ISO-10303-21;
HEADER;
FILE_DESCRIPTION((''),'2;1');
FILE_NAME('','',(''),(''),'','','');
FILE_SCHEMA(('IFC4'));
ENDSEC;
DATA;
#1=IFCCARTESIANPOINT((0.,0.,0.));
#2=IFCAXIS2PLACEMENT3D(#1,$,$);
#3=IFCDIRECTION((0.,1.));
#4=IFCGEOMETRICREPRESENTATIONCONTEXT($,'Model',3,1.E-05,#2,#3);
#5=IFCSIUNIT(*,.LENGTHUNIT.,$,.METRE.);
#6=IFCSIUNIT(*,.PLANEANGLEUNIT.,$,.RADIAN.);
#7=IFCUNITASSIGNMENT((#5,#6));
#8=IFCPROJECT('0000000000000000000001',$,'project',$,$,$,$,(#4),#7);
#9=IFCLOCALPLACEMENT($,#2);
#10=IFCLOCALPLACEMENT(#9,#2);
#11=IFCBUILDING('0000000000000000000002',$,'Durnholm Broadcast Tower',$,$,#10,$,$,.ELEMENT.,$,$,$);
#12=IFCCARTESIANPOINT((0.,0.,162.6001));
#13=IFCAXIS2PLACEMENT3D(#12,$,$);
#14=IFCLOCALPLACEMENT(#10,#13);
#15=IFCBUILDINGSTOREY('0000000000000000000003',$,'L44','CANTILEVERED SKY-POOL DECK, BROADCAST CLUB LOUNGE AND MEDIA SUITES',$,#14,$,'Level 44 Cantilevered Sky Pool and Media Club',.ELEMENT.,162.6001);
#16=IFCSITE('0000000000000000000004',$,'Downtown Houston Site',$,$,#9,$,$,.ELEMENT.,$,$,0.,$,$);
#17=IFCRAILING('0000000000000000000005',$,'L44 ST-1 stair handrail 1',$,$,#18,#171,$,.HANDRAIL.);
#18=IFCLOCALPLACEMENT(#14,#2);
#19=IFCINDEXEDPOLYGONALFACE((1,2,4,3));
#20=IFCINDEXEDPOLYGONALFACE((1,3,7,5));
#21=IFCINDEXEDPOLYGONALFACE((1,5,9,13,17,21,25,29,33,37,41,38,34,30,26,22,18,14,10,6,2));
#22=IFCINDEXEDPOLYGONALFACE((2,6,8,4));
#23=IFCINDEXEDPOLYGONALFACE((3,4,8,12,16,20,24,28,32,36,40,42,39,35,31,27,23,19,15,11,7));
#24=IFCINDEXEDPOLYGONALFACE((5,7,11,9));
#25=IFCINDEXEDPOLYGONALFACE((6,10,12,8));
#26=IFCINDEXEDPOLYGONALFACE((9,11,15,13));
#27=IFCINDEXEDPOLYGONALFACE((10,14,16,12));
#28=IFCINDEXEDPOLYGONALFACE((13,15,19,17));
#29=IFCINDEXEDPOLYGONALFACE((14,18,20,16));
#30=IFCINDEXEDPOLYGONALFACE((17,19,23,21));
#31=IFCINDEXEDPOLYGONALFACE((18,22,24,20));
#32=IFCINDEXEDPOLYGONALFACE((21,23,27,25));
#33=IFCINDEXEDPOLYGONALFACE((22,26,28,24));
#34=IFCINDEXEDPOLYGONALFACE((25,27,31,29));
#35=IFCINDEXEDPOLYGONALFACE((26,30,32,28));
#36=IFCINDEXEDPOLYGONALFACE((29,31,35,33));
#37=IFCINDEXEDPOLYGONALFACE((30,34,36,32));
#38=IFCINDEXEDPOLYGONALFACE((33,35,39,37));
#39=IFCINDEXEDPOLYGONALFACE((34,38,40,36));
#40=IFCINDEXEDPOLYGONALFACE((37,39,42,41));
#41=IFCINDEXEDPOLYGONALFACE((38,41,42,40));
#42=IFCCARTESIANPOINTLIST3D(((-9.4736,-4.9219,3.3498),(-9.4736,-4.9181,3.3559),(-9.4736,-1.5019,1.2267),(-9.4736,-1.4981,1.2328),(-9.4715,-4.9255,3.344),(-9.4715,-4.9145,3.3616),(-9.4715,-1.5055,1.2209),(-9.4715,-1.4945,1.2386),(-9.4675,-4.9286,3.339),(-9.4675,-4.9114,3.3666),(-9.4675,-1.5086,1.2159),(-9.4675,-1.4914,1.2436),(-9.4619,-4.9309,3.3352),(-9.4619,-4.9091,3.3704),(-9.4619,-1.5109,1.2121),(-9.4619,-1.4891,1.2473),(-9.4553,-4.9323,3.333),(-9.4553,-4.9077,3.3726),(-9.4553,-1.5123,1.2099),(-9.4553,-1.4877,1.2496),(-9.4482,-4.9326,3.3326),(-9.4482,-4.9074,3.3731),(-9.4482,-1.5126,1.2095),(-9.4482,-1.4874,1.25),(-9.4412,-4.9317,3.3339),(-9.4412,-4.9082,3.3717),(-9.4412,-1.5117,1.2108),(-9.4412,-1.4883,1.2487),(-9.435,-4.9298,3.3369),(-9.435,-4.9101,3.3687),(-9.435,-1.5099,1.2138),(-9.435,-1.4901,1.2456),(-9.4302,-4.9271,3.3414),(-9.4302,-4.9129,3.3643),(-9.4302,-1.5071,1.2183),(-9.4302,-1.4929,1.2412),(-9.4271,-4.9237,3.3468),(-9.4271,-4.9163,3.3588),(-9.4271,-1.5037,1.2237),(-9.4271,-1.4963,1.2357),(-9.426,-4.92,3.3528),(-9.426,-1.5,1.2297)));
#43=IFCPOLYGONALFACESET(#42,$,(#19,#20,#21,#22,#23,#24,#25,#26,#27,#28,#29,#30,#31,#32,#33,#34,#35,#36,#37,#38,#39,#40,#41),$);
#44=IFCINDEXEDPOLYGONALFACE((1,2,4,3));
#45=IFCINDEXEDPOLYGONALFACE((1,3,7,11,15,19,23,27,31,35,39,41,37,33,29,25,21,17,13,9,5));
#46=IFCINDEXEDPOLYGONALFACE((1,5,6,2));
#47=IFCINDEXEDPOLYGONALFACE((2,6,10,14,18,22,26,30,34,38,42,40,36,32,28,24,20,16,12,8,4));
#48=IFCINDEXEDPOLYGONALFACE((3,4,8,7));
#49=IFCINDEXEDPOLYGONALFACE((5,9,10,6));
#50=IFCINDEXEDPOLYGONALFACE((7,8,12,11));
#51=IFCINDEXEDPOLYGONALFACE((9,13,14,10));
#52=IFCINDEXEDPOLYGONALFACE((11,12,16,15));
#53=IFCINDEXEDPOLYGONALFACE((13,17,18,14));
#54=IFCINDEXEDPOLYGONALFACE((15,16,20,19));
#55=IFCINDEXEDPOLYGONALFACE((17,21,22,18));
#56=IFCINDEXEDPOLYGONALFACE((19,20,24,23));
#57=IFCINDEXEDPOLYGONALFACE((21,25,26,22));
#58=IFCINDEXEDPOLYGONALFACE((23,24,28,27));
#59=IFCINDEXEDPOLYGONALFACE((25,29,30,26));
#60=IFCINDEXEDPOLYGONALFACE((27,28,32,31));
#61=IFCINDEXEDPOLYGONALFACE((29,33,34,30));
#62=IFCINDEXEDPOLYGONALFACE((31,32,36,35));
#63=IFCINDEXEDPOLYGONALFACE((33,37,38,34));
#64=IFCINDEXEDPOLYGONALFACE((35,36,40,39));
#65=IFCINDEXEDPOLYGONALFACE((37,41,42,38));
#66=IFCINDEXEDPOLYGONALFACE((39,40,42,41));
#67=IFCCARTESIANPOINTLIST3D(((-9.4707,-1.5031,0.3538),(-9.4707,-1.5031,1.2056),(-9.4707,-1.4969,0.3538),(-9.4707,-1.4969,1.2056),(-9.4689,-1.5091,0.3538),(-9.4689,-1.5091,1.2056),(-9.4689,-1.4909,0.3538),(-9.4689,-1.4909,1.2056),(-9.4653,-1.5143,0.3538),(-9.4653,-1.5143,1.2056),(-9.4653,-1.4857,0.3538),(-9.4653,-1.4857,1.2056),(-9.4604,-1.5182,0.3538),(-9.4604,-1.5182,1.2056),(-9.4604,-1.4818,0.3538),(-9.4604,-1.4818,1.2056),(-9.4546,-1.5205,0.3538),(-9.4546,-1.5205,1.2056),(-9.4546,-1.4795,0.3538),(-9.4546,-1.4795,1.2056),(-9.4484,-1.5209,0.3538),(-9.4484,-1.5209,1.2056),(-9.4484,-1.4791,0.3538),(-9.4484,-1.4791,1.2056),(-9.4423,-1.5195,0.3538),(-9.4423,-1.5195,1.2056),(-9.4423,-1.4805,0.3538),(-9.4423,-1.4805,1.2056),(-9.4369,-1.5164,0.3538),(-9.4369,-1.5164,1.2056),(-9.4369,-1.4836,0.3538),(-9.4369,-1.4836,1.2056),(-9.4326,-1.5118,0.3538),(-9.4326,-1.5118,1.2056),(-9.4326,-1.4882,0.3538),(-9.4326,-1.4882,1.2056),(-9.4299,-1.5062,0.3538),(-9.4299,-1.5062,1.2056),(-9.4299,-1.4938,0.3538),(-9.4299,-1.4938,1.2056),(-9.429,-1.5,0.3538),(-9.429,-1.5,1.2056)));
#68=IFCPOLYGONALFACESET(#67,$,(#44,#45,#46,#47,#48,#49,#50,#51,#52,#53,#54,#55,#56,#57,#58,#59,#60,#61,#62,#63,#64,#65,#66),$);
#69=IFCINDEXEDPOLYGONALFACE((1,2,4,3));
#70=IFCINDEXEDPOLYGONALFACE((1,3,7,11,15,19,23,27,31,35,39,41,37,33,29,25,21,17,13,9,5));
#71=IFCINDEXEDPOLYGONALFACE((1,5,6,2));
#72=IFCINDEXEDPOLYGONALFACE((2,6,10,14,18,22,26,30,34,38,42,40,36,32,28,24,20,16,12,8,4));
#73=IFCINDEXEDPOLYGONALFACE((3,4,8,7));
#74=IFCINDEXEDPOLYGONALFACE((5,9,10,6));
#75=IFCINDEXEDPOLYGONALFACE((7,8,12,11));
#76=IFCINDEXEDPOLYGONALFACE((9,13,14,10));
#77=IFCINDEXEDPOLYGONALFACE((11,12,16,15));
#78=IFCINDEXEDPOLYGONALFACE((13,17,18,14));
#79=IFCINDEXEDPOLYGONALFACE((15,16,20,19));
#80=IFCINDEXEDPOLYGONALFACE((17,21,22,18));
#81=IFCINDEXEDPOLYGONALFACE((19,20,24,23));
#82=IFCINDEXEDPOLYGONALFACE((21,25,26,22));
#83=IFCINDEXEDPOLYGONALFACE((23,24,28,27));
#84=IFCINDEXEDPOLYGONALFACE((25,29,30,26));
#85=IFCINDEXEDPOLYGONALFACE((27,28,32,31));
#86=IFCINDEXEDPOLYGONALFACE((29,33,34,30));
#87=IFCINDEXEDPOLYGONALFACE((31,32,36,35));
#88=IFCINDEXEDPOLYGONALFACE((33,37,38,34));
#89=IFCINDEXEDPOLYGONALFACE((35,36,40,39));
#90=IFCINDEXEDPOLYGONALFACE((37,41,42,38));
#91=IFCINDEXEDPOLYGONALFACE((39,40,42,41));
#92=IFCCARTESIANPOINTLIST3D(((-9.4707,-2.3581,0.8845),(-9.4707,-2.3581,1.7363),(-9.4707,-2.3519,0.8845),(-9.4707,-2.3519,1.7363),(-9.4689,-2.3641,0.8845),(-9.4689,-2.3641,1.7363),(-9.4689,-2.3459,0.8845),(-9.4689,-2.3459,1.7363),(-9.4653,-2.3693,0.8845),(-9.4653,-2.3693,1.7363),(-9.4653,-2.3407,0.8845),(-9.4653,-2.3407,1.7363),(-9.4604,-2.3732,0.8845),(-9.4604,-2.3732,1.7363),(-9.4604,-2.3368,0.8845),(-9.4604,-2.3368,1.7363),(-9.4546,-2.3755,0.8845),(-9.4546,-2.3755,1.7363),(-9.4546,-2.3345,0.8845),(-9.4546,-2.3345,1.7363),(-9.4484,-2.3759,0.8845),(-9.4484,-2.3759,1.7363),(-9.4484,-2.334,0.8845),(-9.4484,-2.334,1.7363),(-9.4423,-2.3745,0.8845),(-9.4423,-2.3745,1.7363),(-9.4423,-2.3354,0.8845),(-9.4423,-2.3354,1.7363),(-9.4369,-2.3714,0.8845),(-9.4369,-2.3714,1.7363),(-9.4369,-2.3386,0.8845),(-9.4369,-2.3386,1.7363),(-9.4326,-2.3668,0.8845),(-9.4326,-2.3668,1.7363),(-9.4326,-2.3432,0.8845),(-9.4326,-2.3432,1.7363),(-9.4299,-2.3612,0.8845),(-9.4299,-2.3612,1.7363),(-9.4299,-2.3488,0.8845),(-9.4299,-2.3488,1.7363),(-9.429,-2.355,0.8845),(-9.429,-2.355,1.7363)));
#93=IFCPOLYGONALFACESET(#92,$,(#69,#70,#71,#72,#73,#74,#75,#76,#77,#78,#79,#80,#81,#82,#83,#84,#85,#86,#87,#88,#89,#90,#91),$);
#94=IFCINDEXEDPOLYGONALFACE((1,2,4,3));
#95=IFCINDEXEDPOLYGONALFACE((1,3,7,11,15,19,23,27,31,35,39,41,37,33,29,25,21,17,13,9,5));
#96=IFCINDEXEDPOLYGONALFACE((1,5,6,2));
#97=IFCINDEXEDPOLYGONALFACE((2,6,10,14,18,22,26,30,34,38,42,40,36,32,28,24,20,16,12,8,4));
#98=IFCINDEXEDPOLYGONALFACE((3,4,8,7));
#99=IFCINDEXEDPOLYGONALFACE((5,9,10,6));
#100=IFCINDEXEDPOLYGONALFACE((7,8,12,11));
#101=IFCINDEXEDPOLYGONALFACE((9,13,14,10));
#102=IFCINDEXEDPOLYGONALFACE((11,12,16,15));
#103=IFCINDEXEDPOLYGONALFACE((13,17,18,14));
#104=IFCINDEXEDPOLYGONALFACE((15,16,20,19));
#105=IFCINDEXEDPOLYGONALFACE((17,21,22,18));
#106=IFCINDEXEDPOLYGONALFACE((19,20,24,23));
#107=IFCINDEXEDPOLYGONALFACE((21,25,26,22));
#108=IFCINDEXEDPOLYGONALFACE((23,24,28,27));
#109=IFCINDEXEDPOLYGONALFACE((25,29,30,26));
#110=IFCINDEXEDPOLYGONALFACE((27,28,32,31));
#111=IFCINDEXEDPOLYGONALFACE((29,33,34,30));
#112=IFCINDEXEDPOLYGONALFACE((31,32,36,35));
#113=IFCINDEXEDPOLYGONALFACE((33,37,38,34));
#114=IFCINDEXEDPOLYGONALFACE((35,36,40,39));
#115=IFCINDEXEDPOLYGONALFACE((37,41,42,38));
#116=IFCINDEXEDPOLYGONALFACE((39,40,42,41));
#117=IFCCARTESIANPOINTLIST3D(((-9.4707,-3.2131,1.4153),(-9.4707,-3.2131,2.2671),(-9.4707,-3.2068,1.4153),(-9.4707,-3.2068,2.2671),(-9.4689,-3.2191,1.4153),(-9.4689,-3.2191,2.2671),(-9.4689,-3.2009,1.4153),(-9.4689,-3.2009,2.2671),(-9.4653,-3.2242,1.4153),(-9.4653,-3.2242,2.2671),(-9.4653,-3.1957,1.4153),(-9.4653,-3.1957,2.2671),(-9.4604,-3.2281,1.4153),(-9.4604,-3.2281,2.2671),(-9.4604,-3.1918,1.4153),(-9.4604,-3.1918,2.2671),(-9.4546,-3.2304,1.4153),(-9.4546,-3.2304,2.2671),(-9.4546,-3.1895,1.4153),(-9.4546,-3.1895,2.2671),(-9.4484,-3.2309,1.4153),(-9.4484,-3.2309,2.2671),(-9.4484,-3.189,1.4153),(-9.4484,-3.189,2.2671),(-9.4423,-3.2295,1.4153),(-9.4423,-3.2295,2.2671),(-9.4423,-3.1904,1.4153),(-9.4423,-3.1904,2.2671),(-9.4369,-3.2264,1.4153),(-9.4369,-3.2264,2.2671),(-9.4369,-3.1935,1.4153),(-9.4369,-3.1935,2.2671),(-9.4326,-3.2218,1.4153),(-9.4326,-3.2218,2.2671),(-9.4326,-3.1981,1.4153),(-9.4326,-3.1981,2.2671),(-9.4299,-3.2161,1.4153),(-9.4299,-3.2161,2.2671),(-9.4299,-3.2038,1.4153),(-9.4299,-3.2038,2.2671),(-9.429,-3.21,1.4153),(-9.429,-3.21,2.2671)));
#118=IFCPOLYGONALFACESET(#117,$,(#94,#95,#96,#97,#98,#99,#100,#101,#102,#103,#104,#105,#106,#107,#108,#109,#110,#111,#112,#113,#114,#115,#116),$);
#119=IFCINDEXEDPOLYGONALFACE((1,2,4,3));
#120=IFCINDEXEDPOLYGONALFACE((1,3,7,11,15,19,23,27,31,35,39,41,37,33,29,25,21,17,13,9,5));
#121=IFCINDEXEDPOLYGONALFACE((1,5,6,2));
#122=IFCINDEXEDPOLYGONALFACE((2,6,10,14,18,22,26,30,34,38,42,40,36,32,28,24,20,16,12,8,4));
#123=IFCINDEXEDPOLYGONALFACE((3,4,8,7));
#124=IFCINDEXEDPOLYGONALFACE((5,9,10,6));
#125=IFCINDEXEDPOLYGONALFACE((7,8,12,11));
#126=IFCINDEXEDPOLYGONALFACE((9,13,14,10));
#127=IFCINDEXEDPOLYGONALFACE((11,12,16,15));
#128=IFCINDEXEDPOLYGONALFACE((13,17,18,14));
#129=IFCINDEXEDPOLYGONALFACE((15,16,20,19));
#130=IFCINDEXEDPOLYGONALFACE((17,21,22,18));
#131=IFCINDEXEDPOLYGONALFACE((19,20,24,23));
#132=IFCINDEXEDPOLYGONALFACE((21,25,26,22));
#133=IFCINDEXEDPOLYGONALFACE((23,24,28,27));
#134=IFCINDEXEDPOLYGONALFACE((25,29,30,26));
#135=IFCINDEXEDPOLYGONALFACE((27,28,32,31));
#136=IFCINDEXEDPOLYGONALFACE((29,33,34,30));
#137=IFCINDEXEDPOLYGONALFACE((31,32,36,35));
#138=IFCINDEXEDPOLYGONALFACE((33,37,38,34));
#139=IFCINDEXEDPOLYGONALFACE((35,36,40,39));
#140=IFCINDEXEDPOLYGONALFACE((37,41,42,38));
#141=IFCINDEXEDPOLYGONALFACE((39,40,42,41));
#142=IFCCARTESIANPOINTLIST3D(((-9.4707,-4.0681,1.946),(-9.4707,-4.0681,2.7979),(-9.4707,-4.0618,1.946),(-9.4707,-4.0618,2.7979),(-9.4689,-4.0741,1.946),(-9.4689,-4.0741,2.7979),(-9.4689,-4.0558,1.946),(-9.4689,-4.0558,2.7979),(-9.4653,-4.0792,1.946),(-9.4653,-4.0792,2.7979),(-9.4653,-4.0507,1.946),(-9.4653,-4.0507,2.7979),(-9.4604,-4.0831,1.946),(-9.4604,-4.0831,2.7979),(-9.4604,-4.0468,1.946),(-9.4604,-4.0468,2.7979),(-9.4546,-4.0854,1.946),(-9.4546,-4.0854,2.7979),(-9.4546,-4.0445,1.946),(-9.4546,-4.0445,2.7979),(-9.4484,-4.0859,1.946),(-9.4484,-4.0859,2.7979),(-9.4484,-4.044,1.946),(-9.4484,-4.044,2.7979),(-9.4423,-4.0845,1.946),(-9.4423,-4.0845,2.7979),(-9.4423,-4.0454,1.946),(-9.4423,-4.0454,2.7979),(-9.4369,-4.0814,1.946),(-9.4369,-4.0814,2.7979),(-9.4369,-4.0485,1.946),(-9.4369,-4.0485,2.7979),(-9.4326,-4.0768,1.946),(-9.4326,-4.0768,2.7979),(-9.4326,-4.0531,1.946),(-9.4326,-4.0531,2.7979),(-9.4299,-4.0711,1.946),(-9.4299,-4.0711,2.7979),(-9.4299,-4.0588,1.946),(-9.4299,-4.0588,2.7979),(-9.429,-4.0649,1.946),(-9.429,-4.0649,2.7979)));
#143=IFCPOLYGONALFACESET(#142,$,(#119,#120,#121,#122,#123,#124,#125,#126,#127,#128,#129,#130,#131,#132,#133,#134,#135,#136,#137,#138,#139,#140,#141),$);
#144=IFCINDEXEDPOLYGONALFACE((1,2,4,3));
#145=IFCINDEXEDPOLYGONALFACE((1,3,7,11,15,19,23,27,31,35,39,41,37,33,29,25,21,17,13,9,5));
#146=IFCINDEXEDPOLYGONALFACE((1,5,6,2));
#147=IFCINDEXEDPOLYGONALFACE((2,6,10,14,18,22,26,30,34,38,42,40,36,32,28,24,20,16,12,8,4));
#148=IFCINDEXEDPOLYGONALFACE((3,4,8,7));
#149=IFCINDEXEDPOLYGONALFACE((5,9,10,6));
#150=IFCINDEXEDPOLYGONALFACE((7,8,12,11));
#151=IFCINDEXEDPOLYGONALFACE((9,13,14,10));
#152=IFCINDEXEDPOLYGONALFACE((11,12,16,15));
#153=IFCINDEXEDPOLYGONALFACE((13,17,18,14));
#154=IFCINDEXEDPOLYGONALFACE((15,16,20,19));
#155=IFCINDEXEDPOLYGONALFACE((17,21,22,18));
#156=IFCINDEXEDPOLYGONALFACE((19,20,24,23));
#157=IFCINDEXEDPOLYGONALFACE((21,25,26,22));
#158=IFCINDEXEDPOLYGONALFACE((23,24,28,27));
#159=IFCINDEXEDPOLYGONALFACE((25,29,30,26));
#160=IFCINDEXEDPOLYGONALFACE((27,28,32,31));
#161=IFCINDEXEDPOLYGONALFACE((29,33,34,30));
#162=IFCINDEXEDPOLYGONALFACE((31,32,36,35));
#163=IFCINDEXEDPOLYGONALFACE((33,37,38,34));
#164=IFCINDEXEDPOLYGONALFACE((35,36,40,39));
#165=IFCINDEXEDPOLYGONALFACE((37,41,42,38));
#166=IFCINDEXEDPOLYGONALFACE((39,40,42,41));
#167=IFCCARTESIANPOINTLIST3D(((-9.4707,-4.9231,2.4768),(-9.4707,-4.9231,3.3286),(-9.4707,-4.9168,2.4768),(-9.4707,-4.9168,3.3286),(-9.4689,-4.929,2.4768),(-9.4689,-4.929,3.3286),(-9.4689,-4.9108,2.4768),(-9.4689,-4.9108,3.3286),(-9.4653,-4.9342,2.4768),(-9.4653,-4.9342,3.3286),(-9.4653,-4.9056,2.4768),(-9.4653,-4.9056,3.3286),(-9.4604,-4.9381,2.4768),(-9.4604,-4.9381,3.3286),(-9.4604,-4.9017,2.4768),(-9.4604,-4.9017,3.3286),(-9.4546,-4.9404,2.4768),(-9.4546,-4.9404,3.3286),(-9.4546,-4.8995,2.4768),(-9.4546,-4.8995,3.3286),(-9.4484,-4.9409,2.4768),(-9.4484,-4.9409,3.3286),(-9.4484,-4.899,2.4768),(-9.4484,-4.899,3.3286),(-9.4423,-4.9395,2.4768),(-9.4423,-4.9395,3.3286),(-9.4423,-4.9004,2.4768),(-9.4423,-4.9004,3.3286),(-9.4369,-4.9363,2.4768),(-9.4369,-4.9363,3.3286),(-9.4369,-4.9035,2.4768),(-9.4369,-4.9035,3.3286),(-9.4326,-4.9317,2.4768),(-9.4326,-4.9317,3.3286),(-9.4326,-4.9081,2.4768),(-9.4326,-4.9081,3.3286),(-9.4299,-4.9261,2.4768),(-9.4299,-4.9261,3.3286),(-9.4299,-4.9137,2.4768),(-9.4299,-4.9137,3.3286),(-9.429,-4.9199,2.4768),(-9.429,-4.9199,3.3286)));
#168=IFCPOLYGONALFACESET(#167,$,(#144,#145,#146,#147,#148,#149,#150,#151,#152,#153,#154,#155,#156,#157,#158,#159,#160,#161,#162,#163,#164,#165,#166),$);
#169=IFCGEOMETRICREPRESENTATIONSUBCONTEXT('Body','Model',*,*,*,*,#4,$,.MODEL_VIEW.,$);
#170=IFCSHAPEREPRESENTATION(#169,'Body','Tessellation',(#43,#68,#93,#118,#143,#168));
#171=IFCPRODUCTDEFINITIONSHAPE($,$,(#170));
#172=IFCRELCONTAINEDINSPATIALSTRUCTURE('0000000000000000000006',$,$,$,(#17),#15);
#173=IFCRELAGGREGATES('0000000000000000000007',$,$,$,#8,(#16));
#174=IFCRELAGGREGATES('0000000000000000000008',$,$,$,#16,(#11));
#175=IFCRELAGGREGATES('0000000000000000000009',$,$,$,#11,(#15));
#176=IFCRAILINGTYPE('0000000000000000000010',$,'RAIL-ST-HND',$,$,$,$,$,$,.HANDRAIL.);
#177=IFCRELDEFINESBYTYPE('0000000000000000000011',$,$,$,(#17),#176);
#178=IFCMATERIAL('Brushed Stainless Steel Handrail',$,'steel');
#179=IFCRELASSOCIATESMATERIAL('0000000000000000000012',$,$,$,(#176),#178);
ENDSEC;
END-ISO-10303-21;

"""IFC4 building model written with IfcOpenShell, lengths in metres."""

from ifc_helpers import new_model, si_unit, direction, frame, origin, origin_2d, place, context, subcontext, project, spatial, circle, extrude, material, type_object, element, save


model = new_model("IFC4")

# Units and contexts
model_context = context("Model", 3, precision=1e-05, world=origin(), true_north=direction((0.0, 1.0)))
body_context = subcontext(model_context, "Body", "Model", "MODEL_VIEW")
ifc_project = project(units=[si_unit("LENGTHUNIT", "METRE"), si_unit("PLANEANGLEUNIT", "RADIAN")], contexts=[model_context])

# Site, building, storey
site_placement = place(None, origin())
site = spatial("IfcSite", under=ifc_project, at=site_placement, Name="Downtown Houston Site", CompositionType="ELEMENT", RefElevation=0.0)
building_placement = place(site_placement, origin())
building = spatial("IfcBuilding", under=site, at=building_placement, Name="Durnholm Broadcast Tower", CompositionType="ELEMENT")
storey_placement = place(building_placement, frame((0.0, 0.0, 162.6001)))
storey = spatial("IfcBuildingStorey", under=building, at=storey_placement, Name="L44", Description="CANTILEVERED SKY-POOL DECK, BROADCAST CLUB LOUNGE AND MEDIA SUITES", LongName="Level 44 Cantilevered Sky Pool and Media Club", CompositionType="ELEMENT", Elevation=162.6001)

# Railing
ifc_material_1 = material(Name="Brushed Stainless Steel Handrail", Category="steel")
railing_type_1 = type_object("IfcRailingType", Name="RAIL-ST-HND", PredefinedType="HANDRAIL", material=ifc_material_1)
railing_1_placement = place(storey_placement, frame((-9.45, -1.5, 0.3538)))
element("IfcRailing", 1, at=railing_1_placement, inside=storey, type_object=railing_type_1, Name="L44 ST-1 stair handrail 1", PredefinedType="HANDRAIL", context=body_context, shape_type="SweptSolid", body=[
    extrude(circle(Radius=0.0239, at=origin_2d()), frame((0.0, 0.0, 0.876), z_axis=(0.0, -0.849603, 0.527423), x_axis=(1.0, 0.0, 0.0)), (0.0, 0.0, 1.0), 4.0254),
    extrude(circle(Radius=0.021, at=origin_2d()), origin(), (0.0, 0.0, 1.0), 0.8518),
    extrude(circle(Radius=0.021, at=origin_2d()), frame((0.0, -0.855, 0.5308)), (0.0, 0.0, 1.0), 0.8518),
    extrude(circle(Radius=0.021, at=origin_2d()), frame((0.0, -1.71, 1.0615)), (0.0, 0.0, 1.0), 0.8518),
    extrude(circle(Radius=0.021, at=origin_2d()), frame((0.0, -2.5649, 1.5923)), (0.0, 0.0, 1.0), 0.8518),
    extrude(circle(Radius=0.021, at=origin_2d()), frame((0.0, -3.4199, 2.123)), (0.0, 0.0, 1.0), 0.8518),
])

save(model, "model.ifc")
